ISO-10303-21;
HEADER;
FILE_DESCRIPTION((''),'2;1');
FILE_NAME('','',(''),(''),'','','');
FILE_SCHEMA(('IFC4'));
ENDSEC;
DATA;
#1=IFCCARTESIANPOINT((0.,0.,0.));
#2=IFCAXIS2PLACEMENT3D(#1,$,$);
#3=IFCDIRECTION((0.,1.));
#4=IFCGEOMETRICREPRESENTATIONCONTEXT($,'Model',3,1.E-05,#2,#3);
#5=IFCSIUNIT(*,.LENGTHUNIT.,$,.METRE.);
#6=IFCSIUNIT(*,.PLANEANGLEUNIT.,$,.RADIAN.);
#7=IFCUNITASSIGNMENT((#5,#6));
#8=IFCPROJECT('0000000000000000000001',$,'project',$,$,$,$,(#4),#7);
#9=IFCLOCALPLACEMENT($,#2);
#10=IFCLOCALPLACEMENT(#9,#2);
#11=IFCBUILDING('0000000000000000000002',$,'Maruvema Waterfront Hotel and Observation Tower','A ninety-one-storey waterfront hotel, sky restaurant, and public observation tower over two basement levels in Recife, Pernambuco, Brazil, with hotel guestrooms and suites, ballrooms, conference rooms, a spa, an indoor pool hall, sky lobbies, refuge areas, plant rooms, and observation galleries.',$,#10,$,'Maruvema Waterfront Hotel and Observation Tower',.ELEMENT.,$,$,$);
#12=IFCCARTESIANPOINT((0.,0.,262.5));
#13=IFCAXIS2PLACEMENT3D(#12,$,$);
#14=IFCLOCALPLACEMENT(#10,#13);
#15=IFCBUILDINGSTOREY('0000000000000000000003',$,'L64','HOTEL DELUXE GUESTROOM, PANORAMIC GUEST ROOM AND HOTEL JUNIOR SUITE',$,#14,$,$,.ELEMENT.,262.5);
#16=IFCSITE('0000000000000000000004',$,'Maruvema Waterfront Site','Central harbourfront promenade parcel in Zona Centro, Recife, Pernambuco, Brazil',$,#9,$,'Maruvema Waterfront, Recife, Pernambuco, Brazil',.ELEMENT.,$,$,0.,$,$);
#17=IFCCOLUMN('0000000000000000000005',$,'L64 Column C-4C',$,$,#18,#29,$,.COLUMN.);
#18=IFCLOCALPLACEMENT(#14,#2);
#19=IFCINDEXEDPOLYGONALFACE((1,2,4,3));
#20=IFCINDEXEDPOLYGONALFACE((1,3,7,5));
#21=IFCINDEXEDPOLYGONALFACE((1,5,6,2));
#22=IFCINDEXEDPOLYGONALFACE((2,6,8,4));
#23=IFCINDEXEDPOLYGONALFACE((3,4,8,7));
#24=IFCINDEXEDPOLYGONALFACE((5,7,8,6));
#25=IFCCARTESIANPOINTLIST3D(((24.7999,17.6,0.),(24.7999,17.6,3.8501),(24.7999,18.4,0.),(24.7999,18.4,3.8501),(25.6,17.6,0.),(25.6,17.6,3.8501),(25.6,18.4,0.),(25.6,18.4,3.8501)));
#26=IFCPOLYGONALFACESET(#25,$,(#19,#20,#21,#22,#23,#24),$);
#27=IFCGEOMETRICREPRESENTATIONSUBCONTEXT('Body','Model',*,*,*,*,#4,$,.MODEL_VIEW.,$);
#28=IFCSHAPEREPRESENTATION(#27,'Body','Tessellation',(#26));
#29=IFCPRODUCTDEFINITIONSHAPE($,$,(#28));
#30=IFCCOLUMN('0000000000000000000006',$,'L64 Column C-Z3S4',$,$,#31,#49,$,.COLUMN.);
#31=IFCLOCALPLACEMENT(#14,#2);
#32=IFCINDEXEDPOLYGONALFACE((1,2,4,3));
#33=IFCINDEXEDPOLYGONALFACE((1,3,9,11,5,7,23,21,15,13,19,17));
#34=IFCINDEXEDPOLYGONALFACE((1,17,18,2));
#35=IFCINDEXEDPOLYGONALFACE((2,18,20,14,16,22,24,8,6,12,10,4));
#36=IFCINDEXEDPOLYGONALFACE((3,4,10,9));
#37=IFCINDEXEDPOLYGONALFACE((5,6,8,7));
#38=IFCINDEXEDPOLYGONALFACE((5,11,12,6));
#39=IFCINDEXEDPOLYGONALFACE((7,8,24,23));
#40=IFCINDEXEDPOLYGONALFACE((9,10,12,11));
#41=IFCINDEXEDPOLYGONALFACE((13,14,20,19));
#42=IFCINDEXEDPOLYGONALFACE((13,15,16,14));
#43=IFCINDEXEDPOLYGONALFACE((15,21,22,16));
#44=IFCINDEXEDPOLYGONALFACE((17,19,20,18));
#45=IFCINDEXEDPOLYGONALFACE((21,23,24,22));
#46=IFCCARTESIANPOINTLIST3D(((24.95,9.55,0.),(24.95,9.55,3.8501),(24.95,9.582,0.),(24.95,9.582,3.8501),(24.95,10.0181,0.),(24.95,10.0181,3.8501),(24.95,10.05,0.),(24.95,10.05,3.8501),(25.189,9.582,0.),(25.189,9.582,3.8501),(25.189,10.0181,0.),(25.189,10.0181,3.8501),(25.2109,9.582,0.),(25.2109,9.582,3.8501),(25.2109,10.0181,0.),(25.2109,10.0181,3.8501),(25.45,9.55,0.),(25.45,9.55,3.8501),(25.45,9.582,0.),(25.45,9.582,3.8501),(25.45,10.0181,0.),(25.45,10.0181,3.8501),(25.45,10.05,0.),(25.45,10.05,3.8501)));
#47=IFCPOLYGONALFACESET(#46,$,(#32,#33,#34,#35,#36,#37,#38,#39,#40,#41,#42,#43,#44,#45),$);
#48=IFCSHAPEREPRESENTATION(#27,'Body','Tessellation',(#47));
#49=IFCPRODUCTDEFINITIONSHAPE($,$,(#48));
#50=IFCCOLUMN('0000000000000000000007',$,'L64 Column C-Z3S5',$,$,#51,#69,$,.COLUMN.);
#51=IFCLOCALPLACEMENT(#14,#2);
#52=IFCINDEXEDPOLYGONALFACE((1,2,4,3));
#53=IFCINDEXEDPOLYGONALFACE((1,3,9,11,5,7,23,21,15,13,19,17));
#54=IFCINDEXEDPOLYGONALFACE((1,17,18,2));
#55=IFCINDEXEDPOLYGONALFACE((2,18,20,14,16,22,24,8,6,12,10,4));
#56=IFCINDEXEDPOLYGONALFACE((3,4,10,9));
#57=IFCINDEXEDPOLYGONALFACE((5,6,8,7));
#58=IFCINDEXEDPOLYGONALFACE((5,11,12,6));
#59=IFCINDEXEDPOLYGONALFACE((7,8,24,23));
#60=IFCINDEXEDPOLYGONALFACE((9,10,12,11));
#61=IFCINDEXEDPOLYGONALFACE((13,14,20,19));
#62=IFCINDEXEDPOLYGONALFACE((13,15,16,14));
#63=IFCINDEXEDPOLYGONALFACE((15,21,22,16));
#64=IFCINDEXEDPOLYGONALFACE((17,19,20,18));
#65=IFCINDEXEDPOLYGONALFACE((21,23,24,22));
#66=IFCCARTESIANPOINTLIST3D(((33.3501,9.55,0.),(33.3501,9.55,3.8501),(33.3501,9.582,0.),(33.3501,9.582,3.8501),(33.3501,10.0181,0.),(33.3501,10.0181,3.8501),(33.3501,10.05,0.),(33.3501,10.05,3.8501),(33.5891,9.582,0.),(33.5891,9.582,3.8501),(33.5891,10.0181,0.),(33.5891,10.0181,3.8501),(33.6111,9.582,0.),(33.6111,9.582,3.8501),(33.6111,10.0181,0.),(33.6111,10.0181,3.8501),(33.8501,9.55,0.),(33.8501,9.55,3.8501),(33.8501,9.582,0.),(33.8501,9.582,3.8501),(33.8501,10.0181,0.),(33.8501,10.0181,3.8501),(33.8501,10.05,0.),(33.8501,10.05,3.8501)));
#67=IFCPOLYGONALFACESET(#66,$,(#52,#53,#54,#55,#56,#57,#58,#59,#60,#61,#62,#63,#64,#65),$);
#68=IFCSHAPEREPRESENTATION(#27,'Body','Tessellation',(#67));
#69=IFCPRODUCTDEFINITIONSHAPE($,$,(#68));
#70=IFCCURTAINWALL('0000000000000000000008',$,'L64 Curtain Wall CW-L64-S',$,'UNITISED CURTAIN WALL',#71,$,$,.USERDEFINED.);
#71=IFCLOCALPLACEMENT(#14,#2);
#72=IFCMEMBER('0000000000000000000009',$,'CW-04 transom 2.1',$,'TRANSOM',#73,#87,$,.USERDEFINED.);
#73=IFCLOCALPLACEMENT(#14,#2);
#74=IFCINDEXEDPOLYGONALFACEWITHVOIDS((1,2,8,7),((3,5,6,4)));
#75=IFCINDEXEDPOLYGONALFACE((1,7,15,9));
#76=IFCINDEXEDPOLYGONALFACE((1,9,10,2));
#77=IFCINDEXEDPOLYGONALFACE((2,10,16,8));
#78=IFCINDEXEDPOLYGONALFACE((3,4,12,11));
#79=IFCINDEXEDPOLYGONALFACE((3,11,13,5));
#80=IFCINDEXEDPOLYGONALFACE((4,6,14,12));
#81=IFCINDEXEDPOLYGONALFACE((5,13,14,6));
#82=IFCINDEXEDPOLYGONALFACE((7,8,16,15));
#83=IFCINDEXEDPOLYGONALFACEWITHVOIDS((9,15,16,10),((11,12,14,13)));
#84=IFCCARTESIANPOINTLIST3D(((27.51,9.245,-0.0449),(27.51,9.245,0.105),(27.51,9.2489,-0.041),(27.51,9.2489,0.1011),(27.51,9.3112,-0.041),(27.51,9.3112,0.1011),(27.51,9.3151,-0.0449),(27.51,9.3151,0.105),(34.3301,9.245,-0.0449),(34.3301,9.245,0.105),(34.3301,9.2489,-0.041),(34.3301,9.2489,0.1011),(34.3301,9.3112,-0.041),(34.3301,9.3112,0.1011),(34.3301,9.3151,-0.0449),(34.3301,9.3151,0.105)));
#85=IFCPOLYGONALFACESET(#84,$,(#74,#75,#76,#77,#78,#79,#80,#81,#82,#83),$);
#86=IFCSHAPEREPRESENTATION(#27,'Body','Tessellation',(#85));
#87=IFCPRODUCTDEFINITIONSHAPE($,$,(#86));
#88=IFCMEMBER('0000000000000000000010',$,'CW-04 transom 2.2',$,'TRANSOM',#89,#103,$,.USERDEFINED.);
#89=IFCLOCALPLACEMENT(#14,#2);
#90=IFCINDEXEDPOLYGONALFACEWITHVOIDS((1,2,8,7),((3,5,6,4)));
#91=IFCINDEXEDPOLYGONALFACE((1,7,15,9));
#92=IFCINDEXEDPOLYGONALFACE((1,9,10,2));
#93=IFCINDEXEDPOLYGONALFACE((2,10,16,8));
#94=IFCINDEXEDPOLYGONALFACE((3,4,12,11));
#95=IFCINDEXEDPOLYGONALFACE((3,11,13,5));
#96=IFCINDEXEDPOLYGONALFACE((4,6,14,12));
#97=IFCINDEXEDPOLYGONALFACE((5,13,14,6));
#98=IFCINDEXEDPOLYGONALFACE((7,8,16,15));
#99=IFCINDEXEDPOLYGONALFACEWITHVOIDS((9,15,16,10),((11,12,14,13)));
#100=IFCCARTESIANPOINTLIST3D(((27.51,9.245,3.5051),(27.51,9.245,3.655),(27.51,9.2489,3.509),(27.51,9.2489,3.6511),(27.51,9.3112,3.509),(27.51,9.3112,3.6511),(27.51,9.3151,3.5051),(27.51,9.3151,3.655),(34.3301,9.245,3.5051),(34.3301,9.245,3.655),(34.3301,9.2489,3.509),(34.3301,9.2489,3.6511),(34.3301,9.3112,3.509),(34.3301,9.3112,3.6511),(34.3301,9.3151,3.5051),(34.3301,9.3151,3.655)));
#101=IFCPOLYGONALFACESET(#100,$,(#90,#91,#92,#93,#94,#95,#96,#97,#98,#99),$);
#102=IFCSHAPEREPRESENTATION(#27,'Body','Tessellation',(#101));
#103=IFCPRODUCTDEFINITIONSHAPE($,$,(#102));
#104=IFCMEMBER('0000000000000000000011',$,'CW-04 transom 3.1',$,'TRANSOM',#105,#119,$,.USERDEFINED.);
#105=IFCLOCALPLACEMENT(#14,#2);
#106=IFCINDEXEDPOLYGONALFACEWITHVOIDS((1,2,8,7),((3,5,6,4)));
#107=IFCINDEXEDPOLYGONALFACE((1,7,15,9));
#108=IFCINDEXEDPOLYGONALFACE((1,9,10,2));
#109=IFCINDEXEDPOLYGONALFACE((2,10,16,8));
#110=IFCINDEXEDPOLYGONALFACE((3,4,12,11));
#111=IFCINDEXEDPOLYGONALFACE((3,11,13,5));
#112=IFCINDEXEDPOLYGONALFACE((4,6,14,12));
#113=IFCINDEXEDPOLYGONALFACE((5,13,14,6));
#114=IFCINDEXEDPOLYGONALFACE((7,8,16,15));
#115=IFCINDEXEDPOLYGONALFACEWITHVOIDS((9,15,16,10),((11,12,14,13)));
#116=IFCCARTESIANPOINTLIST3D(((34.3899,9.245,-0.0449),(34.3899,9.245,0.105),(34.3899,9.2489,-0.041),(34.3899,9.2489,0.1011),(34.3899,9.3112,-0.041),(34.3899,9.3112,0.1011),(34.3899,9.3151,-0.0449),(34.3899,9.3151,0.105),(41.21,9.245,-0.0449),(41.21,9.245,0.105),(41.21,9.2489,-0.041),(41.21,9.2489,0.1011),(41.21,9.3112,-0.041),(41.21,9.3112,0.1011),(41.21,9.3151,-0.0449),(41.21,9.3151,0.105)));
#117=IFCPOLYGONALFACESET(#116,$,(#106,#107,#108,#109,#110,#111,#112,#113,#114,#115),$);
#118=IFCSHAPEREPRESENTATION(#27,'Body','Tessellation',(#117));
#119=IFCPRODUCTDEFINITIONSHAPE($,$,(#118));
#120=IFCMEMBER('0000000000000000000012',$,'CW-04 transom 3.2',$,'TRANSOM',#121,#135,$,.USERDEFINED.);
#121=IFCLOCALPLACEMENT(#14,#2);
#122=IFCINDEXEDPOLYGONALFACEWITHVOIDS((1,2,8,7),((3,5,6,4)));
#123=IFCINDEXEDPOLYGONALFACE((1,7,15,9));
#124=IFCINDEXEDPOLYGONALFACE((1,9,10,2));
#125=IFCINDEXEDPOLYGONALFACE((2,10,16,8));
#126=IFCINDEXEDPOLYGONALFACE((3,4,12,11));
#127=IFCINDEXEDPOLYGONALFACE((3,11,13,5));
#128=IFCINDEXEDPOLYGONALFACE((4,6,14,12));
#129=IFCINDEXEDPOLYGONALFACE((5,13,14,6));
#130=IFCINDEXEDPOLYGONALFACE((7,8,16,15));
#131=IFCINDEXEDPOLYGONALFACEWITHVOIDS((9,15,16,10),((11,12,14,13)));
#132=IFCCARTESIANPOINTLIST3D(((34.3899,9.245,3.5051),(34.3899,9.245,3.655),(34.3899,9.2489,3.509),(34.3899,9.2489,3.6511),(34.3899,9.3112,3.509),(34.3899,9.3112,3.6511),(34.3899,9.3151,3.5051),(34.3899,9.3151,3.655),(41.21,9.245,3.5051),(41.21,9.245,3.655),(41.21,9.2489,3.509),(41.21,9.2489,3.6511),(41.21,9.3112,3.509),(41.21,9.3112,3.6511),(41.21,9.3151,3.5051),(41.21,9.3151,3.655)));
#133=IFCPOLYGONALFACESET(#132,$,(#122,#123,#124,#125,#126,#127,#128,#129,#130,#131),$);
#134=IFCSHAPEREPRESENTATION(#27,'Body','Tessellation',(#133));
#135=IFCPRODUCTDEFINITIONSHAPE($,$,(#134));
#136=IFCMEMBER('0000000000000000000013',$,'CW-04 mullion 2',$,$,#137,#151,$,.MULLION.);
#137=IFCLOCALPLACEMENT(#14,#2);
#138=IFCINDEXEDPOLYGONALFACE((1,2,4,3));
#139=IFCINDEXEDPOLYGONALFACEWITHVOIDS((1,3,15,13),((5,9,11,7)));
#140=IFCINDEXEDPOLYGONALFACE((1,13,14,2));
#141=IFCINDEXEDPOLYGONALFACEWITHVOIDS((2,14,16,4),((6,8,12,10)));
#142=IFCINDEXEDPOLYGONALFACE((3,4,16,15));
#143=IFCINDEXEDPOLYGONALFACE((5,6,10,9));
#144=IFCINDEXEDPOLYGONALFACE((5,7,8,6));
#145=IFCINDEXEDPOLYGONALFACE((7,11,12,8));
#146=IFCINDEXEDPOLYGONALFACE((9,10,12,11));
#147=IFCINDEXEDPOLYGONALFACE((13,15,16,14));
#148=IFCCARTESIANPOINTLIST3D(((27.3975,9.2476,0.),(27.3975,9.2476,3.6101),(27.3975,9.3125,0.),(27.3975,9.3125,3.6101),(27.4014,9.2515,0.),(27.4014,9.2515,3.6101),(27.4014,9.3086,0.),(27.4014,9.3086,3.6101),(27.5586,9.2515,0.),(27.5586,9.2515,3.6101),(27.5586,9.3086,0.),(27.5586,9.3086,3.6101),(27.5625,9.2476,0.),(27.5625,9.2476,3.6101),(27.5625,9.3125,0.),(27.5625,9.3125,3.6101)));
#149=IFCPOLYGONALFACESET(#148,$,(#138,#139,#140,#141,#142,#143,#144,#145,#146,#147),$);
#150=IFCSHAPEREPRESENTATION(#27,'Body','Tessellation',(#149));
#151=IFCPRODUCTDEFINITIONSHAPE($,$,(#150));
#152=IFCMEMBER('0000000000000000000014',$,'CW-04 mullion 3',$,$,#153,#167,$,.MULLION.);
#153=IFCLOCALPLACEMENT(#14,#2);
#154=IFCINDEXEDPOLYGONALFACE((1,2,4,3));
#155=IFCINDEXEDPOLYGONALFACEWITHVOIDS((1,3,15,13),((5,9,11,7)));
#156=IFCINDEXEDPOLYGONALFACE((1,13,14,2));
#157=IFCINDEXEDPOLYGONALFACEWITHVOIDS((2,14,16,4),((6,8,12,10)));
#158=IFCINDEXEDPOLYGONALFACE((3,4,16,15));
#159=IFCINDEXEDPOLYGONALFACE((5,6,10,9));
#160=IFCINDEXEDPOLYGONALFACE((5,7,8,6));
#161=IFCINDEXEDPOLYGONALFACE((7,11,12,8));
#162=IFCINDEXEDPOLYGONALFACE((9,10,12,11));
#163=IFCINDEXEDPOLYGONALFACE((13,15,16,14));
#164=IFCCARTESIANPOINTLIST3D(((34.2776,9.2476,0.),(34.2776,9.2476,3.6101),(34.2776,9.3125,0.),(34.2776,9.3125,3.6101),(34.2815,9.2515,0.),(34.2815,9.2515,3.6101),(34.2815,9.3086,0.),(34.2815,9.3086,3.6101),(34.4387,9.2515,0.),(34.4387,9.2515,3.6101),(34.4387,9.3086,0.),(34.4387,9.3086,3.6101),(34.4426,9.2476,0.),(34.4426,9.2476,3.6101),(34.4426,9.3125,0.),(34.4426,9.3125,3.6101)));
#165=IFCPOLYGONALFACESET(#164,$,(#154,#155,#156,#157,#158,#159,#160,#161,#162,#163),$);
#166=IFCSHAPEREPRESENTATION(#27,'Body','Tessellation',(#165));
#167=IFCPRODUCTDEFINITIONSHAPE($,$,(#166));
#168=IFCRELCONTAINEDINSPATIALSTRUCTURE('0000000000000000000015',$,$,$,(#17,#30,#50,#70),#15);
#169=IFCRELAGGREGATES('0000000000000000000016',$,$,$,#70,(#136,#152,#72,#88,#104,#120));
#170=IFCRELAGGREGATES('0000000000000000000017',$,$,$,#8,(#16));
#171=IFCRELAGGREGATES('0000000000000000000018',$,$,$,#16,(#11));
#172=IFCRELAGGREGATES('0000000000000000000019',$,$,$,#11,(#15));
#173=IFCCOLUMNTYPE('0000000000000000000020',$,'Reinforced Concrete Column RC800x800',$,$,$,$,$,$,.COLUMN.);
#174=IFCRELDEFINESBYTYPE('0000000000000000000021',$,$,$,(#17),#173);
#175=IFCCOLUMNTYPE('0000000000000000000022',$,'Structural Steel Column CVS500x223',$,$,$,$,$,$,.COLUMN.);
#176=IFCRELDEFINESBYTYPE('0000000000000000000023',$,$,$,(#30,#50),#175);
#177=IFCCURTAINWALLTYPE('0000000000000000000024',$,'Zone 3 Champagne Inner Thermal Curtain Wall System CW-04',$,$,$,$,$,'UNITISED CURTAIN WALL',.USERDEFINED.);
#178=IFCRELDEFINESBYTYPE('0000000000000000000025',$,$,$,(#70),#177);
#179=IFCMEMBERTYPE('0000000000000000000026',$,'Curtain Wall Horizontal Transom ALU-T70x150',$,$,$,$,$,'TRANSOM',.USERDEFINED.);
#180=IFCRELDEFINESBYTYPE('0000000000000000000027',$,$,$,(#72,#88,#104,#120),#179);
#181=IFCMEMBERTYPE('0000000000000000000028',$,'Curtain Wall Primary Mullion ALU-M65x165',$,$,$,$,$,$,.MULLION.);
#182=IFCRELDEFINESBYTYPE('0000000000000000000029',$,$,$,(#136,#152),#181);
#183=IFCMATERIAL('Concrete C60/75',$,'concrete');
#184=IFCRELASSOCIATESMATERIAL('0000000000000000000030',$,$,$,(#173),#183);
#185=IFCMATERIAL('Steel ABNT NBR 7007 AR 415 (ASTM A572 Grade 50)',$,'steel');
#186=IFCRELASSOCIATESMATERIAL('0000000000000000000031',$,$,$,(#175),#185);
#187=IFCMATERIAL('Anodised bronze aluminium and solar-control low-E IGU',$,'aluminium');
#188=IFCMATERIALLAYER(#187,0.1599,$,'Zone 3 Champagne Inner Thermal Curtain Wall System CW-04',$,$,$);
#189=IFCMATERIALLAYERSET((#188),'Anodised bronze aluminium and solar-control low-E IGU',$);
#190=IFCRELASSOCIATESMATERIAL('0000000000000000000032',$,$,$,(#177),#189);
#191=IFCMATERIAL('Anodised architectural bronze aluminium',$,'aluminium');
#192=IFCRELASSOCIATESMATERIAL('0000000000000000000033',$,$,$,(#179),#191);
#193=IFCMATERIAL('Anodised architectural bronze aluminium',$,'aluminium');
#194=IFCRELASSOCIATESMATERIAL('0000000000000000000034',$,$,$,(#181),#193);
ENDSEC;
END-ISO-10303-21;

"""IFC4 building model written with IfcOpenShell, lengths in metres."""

from ifc_helpers import new_model, si_unit, direction, frame, origin, origin_2d, place, context, subcontext, project, spatial, rectangle, hollow_rectangle, i_section, extrude, material, layer, layer_set, material_profile, profile_set, type_object, element, aggregate, save


model = new_model("IFC4")

# Units and contexts
model_context = context("Model", 3, precision=1e-05, world=origin(), true_north=direction((0.0, 1.0)))
body_context = subcontext(model_context, "Body", "Model", "MODEL_VIEW")
ifc_project = project(units=[si_unit("LENGTHUNIT", "METRE"), si_unit("PLANEANGLEUNIT", "RADIAN")], contexts=[model_context])

# Site, building, storey
site_placement = place(None, origin())
site = spatial("IfcSite", under=ifc_project, at=site_placement, Name="Maruvema Waterfront Site", Description="Central harbourfront promenade parcel in Zona Centro, Recife, Pernambuco, Brazil", LongName="Maruvema Waterfront, Recife, Pernambuco, Brazil", CompositionType="ELEMENT", RefElevation=0.0)
building_placement = place(site_placement, origin())
building = spatial("IfcBuilding", under=site, at=building_placement, Name="Maruvema Waterfront Hotel and Observation Tower", Description="A ninety-one-storey waterfront hotel, sky restaurant, and public observation tower over two basement levels in Recife, Pernambuco, Brazil, with hotel guestrooms and suites, ballrooms, conference rooms, a spa, an indoor pool hall, sky lobbies, refuge areas, plant rooms, and observation galleries.", LongName="Maruvema Waterfront Hotel and Observation Tower", CompositionType="ELEMENT")
storey_placement = place(building_placement, frame((0.0, 0.0, 262.5)))
storey = spatial("IfcBuildingStorey", under=building, at=storey_placement, Name="L64", Description="HOTEL DELUXE GUESTROOM, PANORAMIC GUEST ROOM AND HOTEL JUNIOR SUITE", CompositionType="ELEMENT", Elevation=262.5)

# Columns
ifc_material_1 = material(Name="Concrete C60/75", Category="concrete")
ifc_material_profile_1 = material_profile(ifc_material_1, rectangle(XDim=0.8, YDim=0.8, at=origin_2d()), Name="RC800x800")
ifc_profile_set_1 = profile_set([ifc_material_profile_1], Name="Concrete C60/75")
column_type_1 = type_object("IfcColumnType", Name="Reinforced Concrete Column RC800x800", PredefinedType="COLUMN", material=ifc_profile_set_1)
column_placement = place(storey_placement, frame((25.2, 18.0, 0.0), z_axis=(0.0, 0.0, 1.0), x_axis=(1.0, 0.0, 0.0)))
element("IfcColumn", 1, at=column_placement, inside=storey, type_object=column_type_1, Name="L64 Column C-4C", PredefinedType="COLUMN", context=body_context, shape_type="SweptSolid", body=[
    extrude(rectangle(XDim=0.8, YDim=0.8, at=origin_2d()), origin(), (0.0, 0.0, 1.0), 3.8501),
])
ifc_material_2 = material(Name="Steel ABNT NBR 7007 AR 415 (ASTM A572 Grade 50)", Category="steel")
ifc_material_profile_2 = material_profile(ifc_material_2, i_section(OverallWidth=0.5, OverallDepth=0.5, WebThickness=0.022, FlangeThickness=0.032, at=origin_2d()), Name="CVS500x223")
ifc_profile_set_2 = profile_set([ifc_material_profile_2], Name="Steel ABNT NBR 7007 AR 415 (ASTM A572 Grade 50)")
column_type_2 = type_object("IfcColumnType", Name="Structural Steel Column CVS500x223", PredefinedType="COLUMN", material=ifc_profile_set_2)
for number, where, z_axis, x_axis, name in (
    (2, (25.2, 9.8, 0.0), (0.0, 0.0, 1.0), (1.0, 0.0, 0.0), "L64 Column C-Z3S4"),
    (3, (33.6001, 9.8, 0.0), (0.0, 0.0, 1.0), (1.0, 0.0, 0.0), "L64 Column C-Z3S5"),
):
    element("IfcColumn", number, at=place(storey_placement, frame(where, z_axis=z_axis, x_axis=x_axis)), inside=storey, type_object=column_type_2, Name=name, PredefinedType="COLUMN", context=body_context, shape_type="SweptSolid", body=[
        extrude(i_section(OverallWidth=0.5, OverallDepth=0.5, WebThickness=0.022, FlangeThickness=0.032, at=origin_2d()), origin(), (0.0, 0.0, 1.0), 3.8501),
    ])

# Curtain wall, members
ifc_material_3 = material(Name="Anodised bronze aluminium and solar-control low-E IGU", Category="aluminium")
ifc_layer_1 = layer(ifc_material_3, 0.1599, Name="Zone 3 Champagne Inner Thermal Curtain Wall System CW-04")
ifc_layer_set_1 = layer_set([ifc_layer_1], Name="Anodised bronze aluminium and solar-control low-E IGU")
curtain_wall_type = type_object("IfcCurtainWallType", Name="Zone 3 Champagne Inner Thermal Curtain Wall System CW-04", ElementType="UNITISED CURTAIN WALL", PredefinedType="USERDEFINED", material=ifc_layer_set_1)
curtain_wall_placement = place(storey_placement, origin())
curtain_wall = element("IfcCurtainWall", 4, at=curtain_wall_placement, inside=storey, type_object=curtain_wall_type, Name="L64 Curtain Wall CW-L64-S", ObjectType="UNITISED CURTAIN WALL", PredefinedType="USERDEFINED")
ifc_material_4 = material(Name="Anodised architectural bronze aluminium", Category="aluminium")
ifc_material_profile_3 = material_profile(ifc_material_4, hollow_rectangle(XDim=0.0701, YDim=0.1499, WallThickness=0.0039, at=origin_2d()), Name="ALU-T70x150")
ifc_profile_set_3 = profile_set([ifc_material_profile_3], Name="Anodised architectural bronze aluminium")
member_type_1 = type_object("IfcMemberType", Name="Curtain Wall Horizontal Transom ALU-T70x150", ElementType="TRANSOM", PredefinedType="USERDEFINED", material=ifc_profile_set_3)
member_1_placement = place(storey_placement, frame((27.51, 9.28, 0.03), z_axis=(1.0, 0.0, 0.0), x_axis=(0.0, 1.0, 0.0)))
member_1 = element("IfcMember", 5, at=member_1_placement, type_object=member_type_1, Name="CW-04 transom 2.1", ObjectType="TRANSOM", PredefinedType="USERDEFINED", context=body_context, shape_type="SweptSolid", body=[
    extrude(hollow_rectangle(XDim=0.0701, YDim=0.1499, WallThickness=0.0039, at=origin_2d()), origin(), (0.0, 0.0, 1.0), 6.8201),
])
member_2_placement = place(storey_placement, frame((27.51, 9.28, 3.5801), z_axis=(1.0, 0.0, 0.0), x_axis=(0.0, 1.0, 0.0)))
member_2 = element("IfcMember", 6, at=member_2_placement, type_object=member_type_1, Name="CW-04 transom 2.2", ObjectType="TRANSOM", PredefinedType="USERDEFINED", context=body_context, shape_type="SweptSolid", body=[
    extrude(hollow_rectangle(XDim=0.0701, YDim=0.1499, WallThickness=0.0039, at=origin_2d()), origin(), (0.0, 0.0, 1.0), 6.8201),
])
member_3_placement = place(storey_placement, frame((34.3899, 9.28, 0.03), z_axis=(1.0, 0.0, 0.0), x_axis=(0.0, 1.0, 0.0)))
member_3 = element("IfcMember", 7, at=member_3_placement, type_object=member_type_1, Name="CW-04 transom 3.1", ObjectType="TRANSOM", PredefinedType="USERDEFINED", context=body_context, shape_type="SweptSolid", body=[
    extrude(hollow_rectangle(XDim=0.0701, YDim=0.1499, WallThickness=0.0039, at=origin_2d()), origin(), (0.0, 0.0, 1.0), 6.8201),
])
member_4_placement = place(storey_placement, frame((34.3899, 9.28, 3.5801), z_axis=(1.0, 0.0, 0.0), x_axis=(0.0, 1.0, 0.0)))
member_4 = element("IfcMember", 8, at=member_4_placement, type_object=member_type_1, Name="CW-04 transom 3.2", ObjectType="TRANSOM", PredefinedType="USERDEFINED", context=body_context, shape_type="SweptSolid", body=[
    extrude(hollow_rectangle(XDim=0.0701, YDim=0.1499, WallThickness=0.0039, at=origin_2d()), origin(), (0.0, 0.0, 1.0), 6.8201),
])
ifc_material_5 = material(Name="Anodised architectural bronze aluminium", Category="aluminium")
ifc_material_profile_4 = material_profile(ifc_material_5, hollow_rectangle(XDim=0.0649, YDim=0.165, WallThickness=0.0039, at=origin_2d()), Name="ALU-M65x165")
ifc_profile_set_4 = profile_set([ifc_material_profile_4], Name="Anodised architectural bronze aluminium")
member_type_2 = type_object("IfcMemberType", Name="Curtain Wall Primary Mullion ALU-M65x165", PredefinedType="MULLION", material=ifc_profile_set_4)
member_5_placement = place(storey_placement, frame((27.48, 9.28, 0.0), z_axis=(0.0, 0.0, 1.0), x_axis=(0.0, 1.0, 0.0)))
member_5 = element("IfcMember", 9, at=member_5_placement, type_object=member_type_2, Name="CW-04 mullion 2", PredefinedType="MULLION", context=body_context, shape_type="SweptSolid", body=[
    extrude(hollow_rectangle(XDim=0.0649, YDim=0.165, WallThickness=0.0039, at=origin_2d()), origin(), (0.0, 0.0, 1.0), 3.6101),
])
member_6_placement = place(storey_placement, frame((34.3601, 9.28, 0.0), z_axis=(0.0, 0.0, 1.0), x_axis=(0.0, 1.0, 0.0)))
member_6 = element("IfcMember", 10, at=member_6_placement, type_object=member_type_2, Name="CW-04 mullion 3", PredefinedType="MULLION", context=body_context, shape_type="SweptSolid", body=[
    extrude(hollow_rectangle(XDim=0.0649, YDim=0.165, WallThickness=0.0039, at=origin_2d()), origin(), (0.0, 0.0, 1.0), 3.6101),
])

aggregate(curtain_wall, [member_5, member_6, member_1, member_2, member_3, member_4])

save(model, "model.ifc")
